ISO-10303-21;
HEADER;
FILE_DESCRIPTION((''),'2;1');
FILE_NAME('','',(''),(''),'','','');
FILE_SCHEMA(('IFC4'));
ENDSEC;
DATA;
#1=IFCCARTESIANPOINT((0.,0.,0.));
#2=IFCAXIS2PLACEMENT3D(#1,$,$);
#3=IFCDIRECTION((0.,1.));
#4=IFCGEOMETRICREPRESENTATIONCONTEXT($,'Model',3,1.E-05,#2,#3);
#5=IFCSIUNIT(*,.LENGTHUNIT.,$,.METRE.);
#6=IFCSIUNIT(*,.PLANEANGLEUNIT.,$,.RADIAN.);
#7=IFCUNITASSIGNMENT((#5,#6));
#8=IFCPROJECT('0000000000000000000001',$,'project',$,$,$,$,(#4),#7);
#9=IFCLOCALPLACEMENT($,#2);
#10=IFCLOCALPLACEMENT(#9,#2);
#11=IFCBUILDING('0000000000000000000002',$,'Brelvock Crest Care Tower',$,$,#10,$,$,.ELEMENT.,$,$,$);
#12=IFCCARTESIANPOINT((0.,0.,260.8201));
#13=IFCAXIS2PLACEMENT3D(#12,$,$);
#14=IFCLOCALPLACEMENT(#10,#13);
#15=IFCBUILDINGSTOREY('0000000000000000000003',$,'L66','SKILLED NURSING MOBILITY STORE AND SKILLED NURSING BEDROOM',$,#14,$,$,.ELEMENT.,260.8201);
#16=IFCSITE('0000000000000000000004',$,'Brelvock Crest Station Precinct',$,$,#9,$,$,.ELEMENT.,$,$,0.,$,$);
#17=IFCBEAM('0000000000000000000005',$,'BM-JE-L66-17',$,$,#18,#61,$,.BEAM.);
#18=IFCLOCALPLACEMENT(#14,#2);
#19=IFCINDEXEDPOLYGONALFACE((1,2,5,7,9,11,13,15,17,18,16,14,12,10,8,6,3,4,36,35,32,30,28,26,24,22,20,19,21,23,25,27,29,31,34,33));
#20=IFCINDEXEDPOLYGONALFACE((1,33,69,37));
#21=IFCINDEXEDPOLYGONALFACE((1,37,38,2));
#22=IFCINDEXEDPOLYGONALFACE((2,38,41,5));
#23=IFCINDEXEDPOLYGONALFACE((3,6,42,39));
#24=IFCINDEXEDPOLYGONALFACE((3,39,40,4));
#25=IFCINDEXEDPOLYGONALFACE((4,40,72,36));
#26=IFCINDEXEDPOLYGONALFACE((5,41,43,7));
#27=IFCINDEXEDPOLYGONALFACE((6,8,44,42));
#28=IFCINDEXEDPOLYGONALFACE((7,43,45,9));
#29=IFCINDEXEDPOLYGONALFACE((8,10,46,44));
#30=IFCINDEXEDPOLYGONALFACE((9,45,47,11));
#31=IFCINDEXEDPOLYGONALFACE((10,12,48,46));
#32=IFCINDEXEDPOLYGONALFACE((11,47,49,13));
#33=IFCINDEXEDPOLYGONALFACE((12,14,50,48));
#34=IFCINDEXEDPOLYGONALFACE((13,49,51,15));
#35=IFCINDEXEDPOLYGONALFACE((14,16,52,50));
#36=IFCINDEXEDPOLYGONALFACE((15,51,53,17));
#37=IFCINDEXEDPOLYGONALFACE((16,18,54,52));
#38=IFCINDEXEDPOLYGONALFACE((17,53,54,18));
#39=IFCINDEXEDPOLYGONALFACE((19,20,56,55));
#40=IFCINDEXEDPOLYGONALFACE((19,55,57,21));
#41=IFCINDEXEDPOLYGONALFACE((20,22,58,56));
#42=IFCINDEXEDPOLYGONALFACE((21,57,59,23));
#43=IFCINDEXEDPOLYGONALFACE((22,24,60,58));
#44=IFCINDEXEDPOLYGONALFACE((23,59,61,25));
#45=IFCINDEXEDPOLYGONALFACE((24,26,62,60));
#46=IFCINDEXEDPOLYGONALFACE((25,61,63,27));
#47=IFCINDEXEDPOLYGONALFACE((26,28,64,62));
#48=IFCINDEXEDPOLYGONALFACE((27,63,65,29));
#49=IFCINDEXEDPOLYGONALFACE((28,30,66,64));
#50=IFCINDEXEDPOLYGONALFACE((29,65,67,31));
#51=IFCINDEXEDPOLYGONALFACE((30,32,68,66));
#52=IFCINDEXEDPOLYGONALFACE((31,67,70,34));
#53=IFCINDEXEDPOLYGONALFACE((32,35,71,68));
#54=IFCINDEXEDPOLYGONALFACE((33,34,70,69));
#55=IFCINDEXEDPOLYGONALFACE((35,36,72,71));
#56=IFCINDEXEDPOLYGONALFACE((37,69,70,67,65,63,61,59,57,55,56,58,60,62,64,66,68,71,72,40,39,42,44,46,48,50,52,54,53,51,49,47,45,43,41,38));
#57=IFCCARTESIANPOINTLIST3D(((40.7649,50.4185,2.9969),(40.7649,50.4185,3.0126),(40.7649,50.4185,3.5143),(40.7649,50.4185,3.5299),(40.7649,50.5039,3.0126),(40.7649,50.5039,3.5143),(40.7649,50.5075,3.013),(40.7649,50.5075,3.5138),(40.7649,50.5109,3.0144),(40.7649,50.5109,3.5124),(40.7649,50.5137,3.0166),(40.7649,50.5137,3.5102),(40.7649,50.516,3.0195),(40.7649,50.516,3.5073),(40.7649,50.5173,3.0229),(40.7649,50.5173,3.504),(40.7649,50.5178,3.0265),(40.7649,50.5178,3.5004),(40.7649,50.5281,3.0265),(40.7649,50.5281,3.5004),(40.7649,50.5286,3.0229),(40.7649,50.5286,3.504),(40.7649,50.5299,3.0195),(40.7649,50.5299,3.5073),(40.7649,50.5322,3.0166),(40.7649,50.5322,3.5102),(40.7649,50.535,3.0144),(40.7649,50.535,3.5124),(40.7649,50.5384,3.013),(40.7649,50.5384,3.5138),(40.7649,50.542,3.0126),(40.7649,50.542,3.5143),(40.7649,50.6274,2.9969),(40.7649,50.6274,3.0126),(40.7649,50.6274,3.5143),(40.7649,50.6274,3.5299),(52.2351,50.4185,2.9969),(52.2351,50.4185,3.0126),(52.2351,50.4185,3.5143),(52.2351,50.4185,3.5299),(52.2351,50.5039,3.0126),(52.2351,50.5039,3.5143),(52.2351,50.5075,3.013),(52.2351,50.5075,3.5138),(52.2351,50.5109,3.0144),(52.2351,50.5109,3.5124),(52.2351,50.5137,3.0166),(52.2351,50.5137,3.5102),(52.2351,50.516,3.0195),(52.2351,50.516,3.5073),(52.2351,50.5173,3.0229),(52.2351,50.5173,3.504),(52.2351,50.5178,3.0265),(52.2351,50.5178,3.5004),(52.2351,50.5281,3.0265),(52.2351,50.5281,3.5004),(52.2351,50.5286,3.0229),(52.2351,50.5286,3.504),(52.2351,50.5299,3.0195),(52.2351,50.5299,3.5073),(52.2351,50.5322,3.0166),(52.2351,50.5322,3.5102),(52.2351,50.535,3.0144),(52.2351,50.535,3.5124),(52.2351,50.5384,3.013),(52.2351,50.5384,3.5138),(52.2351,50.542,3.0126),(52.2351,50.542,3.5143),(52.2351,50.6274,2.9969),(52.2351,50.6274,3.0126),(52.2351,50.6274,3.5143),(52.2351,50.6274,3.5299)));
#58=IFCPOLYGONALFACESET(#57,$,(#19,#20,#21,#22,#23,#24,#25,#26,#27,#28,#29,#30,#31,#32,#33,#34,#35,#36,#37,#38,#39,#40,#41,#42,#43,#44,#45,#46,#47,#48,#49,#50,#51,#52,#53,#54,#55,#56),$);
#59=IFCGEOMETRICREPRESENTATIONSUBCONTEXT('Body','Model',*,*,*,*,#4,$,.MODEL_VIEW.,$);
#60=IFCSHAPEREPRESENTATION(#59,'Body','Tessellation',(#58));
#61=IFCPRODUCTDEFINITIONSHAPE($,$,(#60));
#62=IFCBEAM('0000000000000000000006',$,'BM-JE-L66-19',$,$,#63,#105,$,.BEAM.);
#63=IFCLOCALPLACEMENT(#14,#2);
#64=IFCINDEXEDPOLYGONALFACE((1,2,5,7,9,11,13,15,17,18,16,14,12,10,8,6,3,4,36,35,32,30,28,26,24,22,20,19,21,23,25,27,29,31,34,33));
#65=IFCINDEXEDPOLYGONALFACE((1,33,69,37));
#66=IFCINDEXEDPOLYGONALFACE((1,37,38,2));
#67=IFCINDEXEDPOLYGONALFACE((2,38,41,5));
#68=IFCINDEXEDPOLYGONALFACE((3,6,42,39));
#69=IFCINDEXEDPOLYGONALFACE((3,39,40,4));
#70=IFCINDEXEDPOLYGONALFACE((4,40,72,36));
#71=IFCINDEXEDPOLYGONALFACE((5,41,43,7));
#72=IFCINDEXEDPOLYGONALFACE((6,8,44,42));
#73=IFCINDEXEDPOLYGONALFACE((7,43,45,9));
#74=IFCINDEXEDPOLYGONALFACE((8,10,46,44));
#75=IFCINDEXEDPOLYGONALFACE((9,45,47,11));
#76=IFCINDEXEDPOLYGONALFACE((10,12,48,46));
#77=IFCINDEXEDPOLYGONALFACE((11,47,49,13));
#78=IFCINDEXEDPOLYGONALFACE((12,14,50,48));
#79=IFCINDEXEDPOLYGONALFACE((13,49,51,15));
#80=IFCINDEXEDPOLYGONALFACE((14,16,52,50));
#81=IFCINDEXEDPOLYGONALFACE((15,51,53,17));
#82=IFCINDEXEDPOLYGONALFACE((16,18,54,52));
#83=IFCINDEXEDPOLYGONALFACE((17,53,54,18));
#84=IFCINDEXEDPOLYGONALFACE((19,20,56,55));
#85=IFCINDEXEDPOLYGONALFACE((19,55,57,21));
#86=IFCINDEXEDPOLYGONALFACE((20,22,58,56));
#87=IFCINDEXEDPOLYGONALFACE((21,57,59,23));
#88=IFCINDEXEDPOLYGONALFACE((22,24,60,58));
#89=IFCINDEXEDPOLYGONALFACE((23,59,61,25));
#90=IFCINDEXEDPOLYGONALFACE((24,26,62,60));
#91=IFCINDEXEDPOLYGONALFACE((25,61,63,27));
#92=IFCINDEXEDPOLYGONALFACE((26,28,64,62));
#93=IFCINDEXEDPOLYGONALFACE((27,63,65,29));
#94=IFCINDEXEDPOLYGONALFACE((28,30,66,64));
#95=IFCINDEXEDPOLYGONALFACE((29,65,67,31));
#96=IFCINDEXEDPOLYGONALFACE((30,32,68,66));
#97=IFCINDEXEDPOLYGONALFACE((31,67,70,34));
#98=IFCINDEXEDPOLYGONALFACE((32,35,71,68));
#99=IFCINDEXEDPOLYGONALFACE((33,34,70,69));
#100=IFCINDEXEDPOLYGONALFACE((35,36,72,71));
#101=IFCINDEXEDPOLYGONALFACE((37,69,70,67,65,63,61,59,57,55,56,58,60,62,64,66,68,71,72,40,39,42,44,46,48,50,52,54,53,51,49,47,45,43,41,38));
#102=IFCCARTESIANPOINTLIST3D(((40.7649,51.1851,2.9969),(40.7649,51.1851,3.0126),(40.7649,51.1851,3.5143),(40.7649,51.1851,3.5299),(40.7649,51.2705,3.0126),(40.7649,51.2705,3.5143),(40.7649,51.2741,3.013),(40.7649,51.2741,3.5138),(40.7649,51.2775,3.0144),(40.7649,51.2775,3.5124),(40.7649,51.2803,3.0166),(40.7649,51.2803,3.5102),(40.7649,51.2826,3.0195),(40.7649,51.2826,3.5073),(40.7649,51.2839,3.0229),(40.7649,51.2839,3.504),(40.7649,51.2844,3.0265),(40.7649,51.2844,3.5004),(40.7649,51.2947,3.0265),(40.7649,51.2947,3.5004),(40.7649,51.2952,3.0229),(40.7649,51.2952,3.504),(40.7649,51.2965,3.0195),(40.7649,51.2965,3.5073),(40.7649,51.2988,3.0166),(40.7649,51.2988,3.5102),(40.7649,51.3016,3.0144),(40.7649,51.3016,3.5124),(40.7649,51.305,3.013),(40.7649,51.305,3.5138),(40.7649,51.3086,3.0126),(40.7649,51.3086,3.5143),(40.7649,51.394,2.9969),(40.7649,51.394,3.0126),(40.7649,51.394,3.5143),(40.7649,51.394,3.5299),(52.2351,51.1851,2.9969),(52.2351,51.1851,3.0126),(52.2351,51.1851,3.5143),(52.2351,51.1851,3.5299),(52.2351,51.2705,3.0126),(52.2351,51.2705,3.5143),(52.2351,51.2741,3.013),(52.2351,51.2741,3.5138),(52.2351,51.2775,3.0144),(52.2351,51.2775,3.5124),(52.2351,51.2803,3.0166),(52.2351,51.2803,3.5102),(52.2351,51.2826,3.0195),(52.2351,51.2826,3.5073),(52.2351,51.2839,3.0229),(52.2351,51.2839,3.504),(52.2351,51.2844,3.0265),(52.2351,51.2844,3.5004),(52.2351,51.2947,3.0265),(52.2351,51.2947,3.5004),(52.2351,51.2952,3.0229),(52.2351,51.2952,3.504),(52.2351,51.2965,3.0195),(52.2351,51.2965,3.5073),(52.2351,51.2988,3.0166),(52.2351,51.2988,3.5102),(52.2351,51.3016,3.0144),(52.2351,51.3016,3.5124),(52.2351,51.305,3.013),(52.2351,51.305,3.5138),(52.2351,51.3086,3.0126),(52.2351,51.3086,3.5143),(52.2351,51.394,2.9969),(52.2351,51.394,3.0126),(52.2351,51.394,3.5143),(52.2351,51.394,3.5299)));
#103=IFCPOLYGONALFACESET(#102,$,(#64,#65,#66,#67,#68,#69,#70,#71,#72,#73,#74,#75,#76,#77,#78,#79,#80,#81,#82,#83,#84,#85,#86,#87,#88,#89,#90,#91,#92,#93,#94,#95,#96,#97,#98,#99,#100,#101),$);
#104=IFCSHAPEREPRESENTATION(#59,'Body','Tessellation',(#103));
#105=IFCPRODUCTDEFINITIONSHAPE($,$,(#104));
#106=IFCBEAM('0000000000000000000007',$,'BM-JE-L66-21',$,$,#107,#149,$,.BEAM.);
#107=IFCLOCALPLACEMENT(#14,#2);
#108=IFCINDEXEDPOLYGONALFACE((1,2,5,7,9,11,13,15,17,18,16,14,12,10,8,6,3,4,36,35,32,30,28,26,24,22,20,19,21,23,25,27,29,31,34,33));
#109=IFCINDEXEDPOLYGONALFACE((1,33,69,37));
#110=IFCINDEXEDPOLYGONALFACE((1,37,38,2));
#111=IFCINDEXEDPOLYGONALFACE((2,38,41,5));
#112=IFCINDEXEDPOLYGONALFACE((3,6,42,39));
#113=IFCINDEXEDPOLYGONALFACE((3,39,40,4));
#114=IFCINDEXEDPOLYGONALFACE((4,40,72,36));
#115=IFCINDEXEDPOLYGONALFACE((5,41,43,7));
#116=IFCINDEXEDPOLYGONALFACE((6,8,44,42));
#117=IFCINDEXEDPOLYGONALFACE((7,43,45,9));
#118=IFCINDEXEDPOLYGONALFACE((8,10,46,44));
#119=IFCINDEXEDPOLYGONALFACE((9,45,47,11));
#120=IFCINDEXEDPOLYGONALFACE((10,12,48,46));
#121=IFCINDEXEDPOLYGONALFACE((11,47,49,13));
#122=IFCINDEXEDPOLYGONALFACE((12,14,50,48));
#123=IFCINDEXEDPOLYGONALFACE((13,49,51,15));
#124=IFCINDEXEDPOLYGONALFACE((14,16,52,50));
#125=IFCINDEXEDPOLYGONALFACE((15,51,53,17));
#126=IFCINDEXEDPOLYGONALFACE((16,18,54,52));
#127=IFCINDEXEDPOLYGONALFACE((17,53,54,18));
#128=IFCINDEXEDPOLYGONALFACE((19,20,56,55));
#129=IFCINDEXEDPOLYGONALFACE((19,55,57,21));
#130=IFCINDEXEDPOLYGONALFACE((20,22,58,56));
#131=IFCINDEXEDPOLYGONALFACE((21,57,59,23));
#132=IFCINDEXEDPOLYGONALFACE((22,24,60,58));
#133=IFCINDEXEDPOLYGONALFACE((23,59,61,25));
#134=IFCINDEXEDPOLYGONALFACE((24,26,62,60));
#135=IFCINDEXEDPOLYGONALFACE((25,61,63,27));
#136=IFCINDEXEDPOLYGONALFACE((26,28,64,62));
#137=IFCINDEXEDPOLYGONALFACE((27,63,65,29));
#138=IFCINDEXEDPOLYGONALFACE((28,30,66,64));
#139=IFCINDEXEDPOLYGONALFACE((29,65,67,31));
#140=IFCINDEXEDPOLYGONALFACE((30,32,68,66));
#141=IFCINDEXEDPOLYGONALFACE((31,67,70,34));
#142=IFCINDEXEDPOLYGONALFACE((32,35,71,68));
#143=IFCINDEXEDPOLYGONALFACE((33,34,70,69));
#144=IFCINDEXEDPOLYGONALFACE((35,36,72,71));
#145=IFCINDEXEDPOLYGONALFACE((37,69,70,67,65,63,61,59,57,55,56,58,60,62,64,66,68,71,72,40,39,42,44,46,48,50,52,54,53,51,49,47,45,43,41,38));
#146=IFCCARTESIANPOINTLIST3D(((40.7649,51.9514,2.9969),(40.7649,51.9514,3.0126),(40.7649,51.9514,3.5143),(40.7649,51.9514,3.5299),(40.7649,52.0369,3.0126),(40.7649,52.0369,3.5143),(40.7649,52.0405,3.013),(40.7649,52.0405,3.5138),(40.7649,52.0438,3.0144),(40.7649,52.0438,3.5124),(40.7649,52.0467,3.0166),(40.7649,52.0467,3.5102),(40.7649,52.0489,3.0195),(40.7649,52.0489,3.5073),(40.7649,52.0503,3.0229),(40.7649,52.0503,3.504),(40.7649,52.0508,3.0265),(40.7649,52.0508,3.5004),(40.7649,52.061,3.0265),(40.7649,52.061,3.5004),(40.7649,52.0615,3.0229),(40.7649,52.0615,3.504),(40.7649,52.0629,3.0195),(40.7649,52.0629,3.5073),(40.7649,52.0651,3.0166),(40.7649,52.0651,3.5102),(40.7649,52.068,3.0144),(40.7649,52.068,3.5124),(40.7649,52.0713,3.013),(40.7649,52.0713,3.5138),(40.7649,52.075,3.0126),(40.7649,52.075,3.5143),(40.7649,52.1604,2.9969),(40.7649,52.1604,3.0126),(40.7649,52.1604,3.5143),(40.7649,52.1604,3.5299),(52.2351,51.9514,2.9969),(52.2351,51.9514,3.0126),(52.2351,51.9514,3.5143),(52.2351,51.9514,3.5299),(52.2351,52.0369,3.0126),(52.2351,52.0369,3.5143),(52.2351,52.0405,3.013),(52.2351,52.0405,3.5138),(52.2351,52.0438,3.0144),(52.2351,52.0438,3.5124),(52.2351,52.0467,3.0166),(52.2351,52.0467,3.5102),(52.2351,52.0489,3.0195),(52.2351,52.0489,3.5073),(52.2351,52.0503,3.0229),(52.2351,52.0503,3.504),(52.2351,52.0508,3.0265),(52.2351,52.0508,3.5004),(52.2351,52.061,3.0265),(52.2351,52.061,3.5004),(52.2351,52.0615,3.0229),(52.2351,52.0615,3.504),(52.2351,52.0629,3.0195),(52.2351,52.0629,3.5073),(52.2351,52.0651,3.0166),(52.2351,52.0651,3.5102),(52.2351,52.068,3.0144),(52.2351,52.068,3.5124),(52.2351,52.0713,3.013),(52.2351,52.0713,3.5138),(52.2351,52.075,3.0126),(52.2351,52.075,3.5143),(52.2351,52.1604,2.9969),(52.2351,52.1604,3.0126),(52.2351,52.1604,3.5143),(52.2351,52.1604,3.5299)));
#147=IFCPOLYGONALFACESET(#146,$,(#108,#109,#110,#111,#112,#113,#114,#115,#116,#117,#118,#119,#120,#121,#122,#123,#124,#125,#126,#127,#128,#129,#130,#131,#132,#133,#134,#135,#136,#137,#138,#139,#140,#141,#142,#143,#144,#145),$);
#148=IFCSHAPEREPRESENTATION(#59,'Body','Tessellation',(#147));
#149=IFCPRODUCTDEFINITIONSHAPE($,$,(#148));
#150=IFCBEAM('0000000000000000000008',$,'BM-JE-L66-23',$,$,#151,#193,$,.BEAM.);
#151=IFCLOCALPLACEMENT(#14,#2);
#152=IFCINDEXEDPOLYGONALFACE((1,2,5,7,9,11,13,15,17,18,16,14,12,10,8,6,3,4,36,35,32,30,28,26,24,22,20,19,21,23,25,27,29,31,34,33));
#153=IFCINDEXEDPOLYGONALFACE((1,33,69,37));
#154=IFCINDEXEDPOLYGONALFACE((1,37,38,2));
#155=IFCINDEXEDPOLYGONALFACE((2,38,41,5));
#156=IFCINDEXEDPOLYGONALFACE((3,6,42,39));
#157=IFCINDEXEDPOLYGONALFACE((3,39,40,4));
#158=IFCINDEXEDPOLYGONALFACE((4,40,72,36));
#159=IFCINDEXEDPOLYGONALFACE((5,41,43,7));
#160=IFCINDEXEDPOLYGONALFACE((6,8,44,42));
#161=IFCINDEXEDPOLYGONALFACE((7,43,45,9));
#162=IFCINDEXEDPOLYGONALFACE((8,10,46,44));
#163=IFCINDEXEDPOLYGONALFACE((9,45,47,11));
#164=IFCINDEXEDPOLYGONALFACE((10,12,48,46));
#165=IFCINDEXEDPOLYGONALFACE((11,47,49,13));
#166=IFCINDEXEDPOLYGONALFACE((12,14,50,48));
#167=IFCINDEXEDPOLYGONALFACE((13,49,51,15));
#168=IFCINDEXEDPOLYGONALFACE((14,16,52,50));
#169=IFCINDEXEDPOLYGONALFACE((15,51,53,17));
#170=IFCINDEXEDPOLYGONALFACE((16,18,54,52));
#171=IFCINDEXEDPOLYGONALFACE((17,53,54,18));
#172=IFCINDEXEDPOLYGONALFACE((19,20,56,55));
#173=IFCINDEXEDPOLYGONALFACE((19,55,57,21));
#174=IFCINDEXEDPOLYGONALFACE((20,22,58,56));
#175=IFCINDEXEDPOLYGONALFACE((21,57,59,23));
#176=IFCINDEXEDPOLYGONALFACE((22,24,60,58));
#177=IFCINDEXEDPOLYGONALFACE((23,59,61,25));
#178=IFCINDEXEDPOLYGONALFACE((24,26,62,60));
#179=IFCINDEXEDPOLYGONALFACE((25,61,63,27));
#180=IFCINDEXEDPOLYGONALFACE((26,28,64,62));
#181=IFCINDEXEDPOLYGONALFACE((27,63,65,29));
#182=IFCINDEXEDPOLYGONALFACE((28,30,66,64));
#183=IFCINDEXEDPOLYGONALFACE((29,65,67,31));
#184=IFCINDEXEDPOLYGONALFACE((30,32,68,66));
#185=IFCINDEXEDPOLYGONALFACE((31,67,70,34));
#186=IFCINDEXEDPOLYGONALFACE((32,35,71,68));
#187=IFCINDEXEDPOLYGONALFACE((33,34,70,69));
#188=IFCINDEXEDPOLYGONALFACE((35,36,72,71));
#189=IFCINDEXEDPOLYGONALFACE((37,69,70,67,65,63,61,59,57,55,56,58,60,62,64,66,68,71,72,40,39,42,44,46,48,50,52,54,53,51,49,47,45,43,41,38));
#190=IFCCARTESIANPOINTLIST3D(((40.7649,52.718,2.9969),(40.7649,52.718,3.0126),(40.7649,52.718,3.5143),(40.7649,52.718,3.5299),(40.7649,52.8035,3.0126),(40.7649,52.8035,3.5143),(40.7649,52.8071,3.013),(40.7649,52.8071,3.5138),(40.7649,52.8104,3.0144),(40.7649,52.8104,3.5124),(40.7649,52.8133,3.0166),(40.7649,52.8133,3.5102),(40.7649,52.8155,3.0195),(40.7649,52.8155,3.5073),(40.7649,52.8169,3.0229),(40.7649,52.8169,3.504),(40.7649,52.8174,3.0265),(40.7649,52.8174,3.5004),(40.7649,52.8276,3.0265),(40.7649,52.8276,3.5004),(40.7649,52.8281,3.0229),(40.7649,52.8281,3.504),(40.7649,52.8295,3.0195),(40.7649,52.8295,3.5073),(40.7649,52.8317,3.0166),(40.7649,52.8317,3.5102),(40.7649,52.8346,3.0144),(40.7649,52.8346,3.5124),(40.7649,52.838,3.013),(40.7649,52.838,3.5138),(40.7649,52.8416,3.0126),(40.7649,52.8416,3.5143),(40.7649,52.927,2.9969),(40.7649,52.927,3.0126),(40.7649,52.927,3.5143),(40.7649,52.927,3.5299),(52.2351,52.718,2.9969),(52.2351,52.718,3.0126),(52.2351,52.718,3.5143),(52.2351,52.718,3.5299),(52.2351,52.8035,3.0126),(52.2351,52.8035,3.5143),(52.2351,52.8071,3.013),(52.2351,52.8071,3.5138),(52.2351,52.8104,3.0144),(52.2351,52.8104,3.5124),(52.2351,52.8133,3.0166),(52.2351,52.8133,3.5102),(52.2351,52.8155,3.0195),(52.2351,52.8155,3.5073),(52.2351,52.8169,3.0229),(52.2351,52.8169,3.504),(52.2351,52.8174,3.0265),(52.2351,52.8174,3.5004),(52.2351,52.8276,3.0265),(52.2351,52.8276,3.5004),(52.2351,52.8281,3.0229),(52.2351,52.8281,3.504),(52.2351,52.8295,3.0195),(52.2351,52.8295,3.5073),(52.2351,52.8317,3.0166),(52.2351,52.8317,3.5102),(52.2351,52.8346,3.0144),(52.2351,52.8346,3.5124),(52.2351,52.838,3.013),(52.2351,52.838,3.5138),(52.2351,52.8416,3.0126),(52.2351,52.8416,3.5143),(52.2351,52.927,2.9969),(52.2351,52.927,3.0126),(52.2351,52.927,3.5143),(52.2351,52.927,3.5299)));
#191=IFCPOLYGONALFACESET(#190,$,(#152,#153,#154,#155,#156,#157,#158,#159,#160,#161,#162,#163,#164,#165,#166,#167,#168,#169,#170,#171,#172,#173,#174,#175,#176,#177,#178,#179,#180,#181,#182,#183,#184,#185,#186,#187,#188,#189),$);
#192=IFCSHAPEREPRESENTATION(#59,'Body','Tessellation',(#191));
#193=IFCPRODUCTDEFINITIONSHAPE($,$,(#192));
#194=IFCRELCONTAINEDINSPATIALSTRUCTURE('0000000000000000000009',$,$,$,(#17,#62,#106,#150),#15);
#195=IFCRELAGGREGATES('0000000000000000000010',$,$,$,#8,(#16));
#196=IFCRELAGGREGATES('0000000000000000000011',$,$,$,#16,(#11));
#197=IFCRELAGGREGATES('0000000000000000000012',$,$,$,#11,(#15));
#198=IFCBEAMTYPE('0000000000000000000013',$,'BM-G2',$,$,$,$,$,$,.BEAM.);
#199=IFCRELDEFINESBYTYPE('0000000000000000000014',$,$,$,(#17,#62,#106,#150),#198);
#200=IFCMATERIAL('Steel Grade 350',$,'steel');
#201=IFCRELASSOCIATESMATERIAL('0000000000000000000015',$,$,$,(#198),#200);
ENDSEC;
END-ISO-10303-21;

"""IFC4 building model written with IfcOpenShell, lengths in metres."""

from ifc_helpers import new_model, si_unit, direction, frame, origin, origin_2d, place, context, subcontext, project, spatial, i_section, extrude, source, transform, mapped, material, material_profile, profile_set, type_object, element, save


model = new_model("IFC4")

# Units and contexts
model_context = context("Model", 3, precision=1e-05, world=origin(), true_north=direction((0.0, 1.0)))
body_context = subcontext(model_context, "Body", "Model", "MODEL_VIEW")
ifc_project = project(units=[si_unit("LENGTHUNIT", "METRE"), si_unit("PLANEANGLEUNIT", "RADIAN")], contexts=[model_context])

# Site, building, storey
site_placement = place(None, origin())
site = spatial("IfcSite", under=ifc_project, at=site_placement, Name="Brelvock Crest Station Precinct", CompositionType="ELEMENT", RefElevation=0.0)
building_placement = place(site_placement, origin())
building = spatial("IfcBuilding", under=site, at=building_placement, Name="Brelvock Crest Care Tower", CompositionType="ELEMENT")
storey_placement = place(building_placement, frame((0.0, 0.0, 260.8201)))
storey = spatial("IfcBuildingStorey", under=building, at=storey_placement, Name="L66", Description="SKILLED NURSING MOBILITY STORE AND SKILLED NURSING BEDROOM", CompositionType="ELEMENT", Elevation=260.8201)

# Shared definitions
ifc_material_1 = material(Name="Steel Grade 350", Category="steel")

# Beams
ifc_material_profile_1 = material_profile(ifc_material_1, i_section(OverallWidth=0.209, OverallDepth=0.533, WebThickness=0.0103, FlangeThickness=0.0156, FilletRadius=0.0139, at=origin_2d()), Name="530UB92.4")
ifc_profile_set_1 = profile_set([ifc_material_profile_1], Name="Steel Grade 350")
beam_type_1 = type_object("IfcBeamType", Name="BM-G2", PredefinedType="BEAM", material=ifc_profile_set_1)
shared_shape_1 = source(origin(), body_context, "Body", "SweptSolid", [
    extrude(i_section(OverallWidth=0.209, OverallDepth=0.533, WebThickness=0.0103, FlangeThickness=0.0156, FilletRadius=0.0139, at=origin_2d()), origin(), (0.0, 0.0, 1.0), 11.4702),
])
for number, where, z_axis, x_axis, name in (
    (1, (40.7649, 50.5229, 3.2634), (1.0, 0.0, 0.0), (0.0, 1.0, 0.0), "BM-JE-L66-17"),
    (2, (40.7649, 51.2896, 3.2634), (1.0, 0.0, 0.0), (0.0, 1.0, 0.0), "BM-JE-L66-19"),
    (3, (40.7649, 52.0559, 3.2634), (1.0, 0.0, 0.0), (0.0, 1.0, 0.0), "BM-JE-L66-21"),
    (4, (40.7649, 52.8225, 3.2634), (1.0, 0.0, 0.0), (0.0, 1.0, 0.0), "BM-JE-L66-23"),
):
    element("IfcBeam", number, at=place(storey_placement, frame(where, z_axis=z_axis, x_axis=x_axis)), inside=storey, type_object=beam_type_1, Name=name, PredefinedType="BEAM", context=body_context, shape_type="MappedRepresentation", body=[
        mapped(shared_shape_1, transform((0.0, 0.0, 0.0), x_axis=(1.0, 0.0, 0.0), y_axis=(0.0, 1.0, 0.0), z_axis=(0.0, 0.0, 1.0), scale=1.0)),
    ])

save(model, "model.ifc")
